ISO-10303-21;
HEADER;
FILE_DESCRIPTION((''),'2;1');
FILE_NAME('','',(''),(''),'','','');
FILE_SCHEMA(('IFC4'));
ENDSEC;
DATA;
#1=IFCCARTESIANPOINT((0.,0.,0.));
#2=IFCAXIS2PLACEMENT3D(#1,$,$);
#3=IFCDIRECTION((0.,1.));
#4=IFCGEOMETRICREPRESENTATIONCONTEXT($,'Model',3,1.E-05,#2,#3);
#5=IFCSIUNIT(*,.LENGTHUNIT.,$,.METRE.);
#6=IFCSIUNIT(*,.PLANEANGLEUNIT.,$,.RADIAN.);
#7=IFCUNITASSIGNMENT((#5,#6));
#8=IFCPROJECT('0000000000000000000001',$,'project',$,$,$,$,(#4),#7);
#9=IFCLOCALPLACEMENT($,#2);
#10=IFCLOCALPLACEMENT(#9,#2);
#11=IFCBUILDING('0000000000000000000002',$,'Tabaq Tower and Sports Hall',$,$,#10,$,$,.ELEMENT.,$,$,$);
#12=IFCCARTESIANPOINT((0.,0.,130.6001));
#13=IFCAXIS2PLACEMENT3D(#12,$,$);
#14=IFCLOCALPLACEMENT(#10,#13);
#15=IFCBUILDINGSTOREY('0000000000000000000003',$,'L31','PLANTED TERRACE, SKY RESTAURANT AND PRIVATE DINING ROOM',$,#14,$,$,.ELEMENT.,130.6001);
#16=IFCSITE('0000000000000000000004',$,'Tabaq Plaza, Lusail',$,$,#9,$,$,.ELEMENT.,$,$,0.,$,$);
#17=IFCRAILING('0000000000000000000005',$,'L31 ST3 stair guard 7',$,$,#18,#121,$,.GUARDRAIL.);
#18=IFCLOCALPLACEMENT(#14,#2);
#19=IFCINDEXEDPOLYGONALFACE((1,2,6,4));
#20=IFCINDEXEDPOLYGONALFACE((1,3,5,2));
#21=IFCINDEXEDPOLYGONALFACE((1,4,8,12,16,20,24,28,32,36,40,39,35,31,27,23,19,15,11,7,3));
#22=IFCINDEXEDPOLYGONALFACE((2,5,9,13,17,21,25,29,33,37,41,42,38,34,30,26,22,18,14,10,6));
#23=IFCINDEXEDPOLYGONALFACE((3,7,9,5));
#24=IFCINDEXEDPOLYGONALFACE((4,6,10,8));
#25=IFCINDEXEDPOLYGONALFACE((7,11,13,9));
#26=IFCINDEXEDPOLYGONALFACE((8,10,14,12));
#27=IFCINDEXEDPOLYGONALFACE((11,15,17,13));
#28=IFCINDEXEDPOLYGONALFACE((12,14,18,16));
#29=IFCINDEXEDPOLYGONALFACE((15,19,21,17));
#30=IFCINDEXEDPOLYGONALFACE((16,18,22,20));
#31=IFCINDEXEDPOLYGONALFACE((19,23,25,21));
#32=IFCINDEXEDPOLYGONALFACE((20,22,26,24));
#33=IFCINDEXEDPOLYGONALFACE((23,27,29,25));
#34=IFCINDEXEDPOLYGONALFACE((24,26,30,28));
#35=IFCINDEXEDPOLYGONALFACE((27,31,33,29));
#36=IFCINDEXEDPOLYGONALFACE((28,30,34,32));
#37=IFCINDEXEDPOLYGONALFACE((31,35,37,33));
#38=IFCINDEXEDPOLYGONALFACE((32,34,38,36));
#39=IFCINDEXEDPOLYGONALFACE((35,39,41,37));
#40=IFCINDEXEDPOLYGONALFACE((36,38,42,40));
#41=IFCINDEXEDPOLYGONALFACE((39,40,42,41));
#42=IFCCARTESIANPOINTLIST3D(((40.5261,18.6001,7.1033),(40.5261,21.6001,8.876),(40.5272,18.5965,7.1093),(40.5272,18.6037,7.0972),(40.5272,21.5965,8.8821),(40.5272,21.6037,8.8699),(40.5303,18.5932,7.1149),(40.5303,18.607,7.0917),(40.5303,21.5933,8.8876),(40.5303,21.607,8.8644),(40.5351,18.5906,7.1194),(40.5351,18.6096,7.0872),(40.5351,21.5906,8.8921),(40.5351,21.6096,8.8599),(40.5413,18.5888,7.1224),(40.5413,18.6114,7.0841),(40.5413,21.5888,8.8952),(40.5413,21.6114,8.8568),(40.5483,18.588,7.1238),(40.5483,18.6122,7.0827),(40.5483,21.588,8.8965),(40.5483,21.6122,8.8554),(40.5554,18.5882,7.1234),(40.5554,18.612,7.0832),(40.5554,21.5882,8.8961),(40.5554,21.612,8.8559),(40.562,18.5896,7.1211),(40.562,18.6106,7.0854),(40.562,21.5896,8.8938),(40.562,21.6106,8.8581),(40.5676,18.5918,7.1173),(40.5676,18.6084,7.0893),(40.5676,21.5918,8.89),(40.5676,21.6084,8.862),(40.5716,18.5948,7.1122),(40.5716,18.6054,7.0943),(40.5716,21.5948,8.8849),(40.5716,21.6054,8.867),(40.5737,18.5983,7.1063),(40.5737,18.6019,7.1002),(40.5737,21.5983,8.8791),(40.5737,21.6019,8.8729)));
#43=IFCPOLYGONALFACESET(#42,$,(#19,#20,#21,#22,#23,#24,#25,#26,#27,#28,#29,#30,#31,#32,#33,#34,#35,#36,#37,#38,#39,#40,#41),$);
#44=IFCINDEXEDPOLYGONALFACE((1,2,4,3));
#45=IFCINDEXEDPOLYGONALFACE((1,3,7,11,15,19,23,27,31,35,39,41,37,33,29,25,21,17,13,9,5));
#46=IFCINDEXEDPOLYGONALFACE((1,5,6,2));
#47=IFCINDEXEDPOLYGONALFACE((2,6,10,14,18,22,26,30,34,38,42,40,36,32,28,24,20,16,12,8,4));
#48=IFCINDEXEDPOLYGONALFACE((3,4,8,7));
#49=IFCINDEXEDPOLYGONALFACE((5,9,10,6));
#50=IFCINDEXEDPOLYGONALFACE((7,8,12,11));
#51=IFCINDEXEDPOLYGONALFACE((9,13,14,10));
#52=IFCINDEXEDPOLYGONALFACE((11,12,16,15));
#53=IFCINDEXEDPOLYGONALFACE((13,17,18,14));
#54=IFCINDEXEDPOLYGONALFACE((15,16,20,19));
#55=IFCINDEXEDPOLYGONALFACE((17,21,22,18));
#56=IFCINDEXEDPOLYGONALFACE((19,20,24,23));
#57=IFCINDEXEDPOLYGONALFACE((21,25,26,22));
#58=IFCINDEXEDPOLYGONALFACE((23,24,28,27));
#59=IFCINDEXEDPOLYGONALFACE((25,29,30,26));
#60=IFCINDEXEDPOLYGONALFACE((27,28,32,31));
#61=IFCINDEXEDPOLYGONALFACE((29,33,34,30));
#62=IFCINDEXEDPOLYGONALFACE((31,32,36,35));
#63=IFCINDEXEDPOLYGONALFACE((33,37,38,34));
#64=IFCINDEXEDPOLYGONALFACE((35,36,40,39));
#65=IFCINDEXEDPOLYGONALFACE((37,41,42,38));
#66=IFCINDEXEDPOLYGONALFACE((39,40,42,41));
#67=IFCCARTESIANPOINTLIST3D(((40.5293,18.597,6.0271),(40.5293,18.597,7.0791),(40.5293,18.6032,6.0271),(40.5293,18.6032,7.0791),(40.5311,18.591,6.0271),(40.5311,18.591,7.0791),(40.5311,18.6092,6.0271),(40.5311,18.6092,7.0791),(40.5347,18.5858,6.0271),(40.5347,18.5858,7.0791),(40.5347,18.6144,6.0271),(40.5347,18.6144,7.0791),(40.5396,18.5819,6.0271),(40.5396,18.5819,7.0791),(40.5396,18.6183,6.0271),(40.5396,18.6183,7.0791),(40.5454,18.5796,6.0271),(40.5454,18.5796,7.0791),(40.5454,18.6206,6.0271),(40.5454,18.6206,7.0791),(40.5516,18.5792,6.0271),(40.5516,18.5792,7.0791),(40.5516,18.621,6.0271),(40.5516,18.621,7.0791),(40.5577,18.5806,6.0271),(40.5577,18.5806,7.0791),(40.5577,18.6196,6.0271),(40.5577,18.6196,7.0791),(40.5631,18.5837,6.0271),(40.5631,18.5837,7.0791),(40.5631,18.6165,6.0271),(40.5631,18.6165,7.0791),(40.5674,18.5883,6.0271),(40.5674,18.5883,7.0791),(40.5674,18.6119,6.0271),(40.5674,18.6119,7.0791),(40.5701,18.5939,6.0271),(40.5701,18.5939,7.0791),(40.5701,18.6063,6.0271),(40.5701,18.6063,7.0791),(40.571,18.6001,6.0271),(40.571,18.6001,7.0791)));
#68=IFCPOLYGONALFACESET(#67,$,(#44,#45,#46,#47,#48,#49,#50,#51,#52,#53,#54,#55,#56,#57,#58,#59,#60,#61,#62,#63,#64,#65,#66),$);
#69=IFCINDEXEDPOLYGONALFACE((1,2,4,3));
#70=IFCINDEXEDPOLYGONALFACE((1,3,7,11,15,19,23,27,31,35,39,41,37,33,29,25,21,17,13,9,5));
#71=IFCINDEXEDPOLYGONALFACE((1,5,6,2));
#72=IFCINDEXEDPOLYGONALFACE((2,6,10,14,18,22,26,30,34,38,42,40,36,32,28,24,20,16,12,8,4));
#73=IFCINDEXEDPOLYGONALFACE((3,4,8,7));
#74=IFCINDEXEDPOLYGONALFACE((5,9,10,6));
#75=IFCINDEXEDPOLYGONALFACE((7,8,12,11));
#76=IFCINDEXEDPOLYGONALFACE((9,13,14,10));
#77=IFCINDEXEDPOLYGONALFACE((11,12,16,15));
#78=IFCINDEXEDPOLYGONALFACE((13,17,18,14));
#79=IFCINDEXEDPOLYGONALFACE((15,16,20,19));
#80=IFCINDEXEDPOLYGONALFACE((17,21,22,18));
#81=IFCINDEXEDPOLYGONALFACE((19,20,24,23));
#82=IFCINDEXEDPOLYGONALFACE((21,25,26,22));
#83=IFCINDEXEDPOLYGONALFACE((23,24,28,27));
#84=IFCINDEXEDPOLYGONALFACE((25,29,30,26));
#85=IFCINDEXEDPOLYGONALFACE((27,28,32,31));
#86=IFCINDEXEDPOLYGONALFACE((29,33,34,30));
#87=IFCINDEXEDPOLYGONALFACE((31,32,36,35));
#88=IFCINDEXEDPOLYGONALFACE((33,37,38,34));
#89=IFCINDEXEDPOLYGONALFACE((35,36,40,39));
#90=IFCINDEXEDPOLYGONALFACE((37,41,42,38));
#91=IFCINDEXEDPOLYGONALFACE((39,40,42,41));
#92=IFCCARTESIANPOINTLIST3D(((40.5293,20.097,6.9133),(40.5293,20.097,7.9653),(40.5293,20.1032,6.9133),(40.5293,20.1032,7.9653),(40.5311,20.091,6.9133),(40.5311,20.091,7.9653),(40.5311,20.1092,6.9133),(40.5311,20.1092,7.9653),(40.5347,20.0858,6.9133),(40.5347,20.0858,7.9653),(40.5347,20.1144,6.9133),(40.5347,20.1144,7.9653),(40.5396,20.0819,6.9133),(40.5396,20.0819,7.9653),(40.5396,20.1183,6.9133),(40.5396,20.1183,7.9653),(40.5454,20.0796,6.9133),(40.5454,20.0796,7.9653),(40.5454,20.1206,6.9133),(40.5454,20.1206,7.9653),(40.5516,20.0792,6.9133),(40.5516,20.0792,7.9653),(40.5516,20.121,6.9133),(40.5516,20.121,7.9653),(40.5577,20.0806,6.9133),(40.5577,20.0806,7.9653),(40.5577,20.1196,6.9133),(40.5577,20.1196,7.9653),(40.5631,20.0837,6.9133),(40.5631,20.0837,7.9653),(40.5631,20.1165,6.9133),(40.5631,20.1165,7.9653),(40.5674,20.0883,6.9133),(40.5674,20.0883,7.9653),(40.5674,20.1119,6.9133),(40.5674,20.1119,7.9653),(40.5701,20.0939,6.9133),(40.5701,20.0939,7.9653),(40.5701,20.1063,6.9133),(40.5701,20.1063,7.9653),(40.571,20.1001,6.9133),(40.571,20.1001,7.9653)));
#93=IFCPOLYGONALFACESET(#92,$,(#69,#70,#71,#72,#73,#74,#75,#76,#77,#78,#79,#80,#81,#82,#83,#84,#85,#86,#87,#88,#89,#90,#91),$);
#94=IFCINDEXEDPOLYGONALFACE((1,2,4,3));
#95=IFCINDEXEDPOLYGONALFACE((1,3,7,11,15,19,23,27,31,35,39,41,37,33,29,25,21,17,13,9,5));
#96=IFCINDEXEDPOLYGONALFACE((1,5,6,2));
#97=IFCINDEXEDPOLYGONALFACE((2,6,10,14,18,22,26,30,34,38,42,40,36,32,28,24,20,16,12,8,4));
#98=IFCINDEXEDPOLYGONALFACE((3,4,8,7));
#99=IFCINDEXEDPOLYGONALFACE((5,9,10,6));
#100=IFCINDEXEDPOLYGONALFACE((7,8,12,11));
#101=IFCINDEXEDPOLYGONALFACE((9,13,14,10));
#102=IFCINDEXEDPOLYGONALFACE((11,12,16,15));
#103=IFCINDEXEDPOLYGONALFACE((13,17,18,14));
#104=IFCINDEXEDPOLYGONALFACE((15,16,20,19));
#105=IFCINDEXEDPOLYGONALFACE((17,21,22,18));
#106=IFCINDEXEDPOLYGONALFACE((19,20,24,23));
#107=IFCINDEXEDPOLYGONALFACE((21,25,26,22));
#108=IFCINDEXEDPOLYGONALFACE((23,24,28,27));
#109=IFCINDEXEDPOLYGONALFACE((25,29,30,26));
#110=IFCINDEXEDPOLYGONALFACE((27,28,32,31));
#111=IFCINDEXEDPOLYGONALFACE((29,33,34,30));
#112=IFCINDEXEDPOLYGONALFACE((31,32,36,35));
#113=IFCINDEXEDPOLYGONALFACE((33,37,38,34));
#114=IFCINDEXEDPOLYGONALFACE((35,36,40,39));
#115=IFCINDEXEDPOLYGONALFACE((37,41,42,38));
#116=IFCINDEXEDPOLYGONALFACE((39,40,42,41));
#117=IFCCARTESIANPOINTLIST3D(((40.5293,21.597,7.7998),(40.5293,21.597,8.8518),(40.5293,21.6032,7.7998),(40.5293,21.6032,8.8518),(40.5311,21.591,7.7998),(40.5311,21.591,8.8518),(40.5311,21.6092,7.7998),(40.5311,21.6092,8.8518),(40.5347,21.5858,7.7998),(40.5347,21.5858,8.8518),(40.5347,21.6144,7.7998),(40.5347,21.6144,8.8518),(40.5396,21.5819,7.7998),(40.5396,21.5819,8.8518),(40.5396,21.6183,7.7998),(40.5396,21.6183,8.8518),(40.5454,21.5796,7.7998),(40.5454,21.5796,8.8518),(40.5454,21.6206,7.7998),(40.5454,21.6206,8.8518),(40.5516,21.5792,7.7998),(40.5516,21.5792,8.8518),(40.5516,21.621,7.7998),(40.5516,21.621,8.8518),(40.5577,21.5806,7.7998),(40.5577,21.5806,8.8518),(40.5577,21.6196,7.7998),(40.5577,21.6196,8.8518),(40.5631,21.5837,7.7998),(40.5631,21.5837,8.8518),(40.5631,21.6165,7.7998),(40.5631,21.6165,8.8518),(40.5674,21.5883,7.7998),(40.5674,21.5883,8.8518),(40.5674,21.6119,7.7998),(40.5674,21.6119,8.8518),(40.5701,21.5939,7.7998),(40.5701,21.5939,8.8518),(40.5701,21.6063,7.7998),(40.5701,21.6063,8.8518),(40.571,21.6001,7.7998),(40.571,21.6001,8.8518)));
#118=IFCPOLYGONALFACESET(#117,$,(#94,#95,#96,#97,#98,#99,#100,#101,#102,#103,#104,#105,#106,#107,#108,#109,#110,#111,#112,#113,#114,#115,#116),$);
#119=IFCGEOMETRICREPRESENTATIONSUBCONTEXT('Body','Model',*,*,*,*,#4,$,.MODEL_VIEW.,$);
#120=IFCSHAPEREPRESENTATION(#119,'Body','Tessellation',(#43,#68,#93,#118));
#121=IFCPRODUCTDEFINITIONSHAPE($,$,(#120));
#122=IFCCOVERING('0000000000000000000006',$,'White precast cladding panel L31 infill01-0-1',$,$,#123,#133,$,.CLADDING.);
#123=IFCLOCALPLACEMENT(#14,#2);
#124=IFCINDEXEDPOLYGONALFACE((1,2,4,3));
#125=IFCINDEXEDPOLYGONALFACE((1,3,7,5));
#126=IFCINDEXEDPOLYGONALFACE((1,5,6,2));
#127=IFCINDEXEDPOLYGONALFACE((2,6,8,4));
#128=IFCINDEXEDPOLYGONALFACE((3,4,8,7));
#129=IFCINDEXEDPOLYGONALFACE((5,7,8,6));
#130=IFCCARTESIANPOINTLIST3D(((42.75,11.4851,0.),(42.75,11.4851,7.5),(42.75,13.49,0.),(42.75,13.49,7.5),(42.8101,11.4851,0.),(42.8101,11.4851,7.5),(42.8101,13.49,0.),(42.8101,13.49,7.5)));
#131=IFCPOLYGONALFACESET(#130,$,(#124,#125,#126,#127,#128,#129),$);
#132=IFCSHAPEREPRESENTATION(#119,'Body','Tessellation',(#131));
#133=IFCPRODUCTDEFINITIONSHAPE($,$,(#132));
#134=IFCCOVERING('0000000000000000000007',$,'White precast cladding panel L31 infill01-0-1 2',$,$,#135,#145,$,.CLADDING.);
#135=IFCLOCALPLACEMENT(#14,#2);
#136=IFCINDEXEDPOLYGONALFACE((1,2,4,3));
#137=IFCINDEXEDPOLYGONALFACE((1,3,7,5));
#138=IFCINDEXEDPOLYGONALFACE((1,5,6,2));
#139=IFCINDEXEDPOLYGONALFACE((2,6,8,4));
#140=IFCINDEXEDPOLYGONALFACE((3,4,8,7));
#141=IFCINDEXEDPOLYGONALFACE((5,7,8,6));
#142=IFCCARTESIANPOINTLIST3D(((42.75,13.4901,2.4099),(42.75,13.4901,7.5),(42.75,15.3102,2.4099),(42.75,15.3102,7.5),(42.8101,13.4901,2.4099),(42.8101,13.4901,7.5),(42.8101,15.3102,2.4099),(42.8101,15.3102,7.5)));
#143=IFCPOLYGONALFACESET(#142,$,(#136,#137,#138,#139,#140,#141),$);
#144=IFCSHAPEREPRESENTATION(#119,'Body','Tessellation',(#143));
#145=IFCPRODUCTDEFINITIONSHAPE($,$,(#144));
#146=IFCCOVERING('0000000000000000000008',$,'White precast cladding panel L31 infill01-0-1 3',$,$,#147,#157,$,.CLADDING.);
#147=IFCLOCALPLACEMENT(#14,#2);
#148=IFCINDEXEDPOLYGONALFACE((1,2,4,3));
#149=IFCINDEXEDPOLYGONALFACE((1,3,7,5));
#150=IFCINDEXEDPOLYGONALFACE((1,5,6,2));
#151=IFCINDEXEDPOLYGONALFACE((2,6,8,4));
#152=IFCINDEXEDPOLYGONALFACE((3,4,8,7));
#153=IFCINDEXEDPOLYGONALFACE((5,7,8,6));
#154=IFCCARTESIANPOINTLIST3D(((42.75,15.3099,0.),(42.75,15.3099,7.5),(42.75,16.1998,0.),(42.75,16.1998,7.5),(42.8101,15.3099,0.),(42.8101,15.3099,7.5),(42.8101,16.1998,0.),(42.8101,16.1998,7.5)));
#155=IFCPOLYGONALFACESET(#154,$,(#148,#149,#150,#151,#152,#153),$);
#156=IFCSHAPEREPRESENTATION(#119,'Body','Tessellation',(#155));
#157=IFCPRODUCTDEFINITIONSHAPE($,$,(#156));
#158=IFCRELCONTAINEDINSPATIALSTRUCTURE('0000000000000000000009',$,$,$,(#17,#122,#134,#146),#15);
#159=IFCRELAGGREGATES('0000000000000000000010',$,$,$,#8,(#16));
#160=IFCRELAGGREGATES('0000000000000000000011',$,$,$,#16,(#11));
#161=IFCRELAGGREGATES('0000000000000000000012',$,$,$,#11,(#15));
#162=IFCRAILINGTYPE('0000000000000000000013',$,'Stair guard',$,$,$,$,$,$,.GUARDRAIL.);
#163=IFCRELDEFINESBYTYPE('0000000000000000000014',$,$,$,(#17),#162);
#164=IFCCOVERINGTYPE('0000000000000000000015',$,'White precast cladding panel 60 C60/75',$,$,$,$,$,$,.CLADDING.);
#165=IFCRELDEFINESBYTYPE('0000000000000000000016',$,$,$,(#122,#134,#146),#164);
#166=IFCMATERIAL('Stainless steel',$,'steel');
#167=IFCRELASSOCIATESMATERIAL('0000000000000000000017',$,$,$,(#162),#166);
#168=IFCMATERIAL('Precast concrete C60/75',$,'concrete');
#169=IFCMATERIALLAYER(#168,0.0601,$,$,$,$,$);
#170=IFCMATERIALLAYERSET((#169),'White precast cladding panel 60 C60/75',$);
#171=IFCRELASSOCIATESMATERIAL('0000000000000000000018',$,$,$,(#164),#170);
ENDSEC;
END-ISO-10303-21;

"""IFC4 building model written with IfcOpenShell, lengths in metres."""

from ifc_helpers import new_model, si_unit, direction, frame, frame_2d, origin, origin_2d, place, context, subcontext, project, spatial, rectangle, circle, extrude, material, layer, layer_set, type_object, element, save


model = new_model("IFC4")

# Units and contexts
model_context = context("Model", 3, precision=1e-05, world=origin(), true_north=direction((0.0, 1.0)))
body_context = subcontext(model_context, "Body", "Model", "MODEL_VIEW")
ifc_project = project(units=[si_unit("LENGTHUNIT", "METRE"), si_unit("PLANEANGLEUNIT", "RADIAN")], contexts=[model_context])

# Site, building, storey
site_placement = place(None, origin())
site = spatial("IfcSite", under=ifc_project, at=site_placement, Name="Tabaq Plaza, Lusail", CompositionType="ELEMENT", RefElevation=0.0)
building_placement = place(site_placement, origin())
building = spatial("IfcBuilding", under=site, at=building_placement, Name="Tabaq Tower and Sports Hall", CompositionType="ELEMENT")
storey_placement = place(building_placement, frame((0.0, 0.0, 130.6001)))
storey = spatial("IfcBuildingStorey", under=building, at=storey_placement, Name="L31", Description="PLANTED TERRACE, SKY RESTAURANT AND PRIVATE DINING ROOM", CompositionType="ELEMENT", Elevation=130.6001)

# Railing
ifc_material_1 = material(Name="Stainless steel", Category="steel")
railing_type = type_object("IfcRailingType", Name="Stair guard", PredefinedType="GUARDRAIL", material=ifc_material_1)
railing_1_placement = place(storey_placement, frame((40.55, 18.6001, 6.0271)))
element("IfcRailing", 1, at=railing_1_placement, inside=storey, type_object=railing_type, Name="L31 ST3 stair guard 7", PredefinedType="GUARDRAIL", context=body_context, shape_type="SweptSolid", body=[
    extrude(circle(Radius=0.0239, at=origin_2d()), frame((0.0, 0.0, 1.0762), z_axis=(0.0, 0.860929, 0.508725), x_axis=(-1.0, 0.0, 0.0)), (0.0, 0.0, 1.0), 3.4846),
    extrude(circle(Radius=0.021, at=origin_2d()), origin(), (0.0, 0.0, 1.0), 1.052),
    extrude(circle(Radius=0.021, at=origin_2d()), frame((0.0, 1.5, 0.8862)), (0.0, 0.0, 1.0), 1.052),
    extrude(circle(Radius=0.021, at=origin_2d()), frame((0.0, 3.0, 1.7727)), (0.0, 0.0, 1.0), 1.052),
])

# Coverings
ifc_material_2 = material(Name="Precast concrete C60/75", Category="concrete")
ifc_layer_1 = layer(ifc_material_2, 0.0601)
ifc_layer_set_1 = layer_set([ifc_layer_1], Name="White precast cladding panel 60 C60/75")
covering_type_1 = type_object("IfcCoveringType", Name="White precast cladding panel 60 C60/75", PredefinedType="CLADDING", material=ifc_layer_set_1)
covering_1_placement = place(storey_placement, frame((42.78, 11.4851, 0.0), z_axis=(0.0, 0.0, 1.0), x_axis=(0.0, 1.0, 0.0)))
element("IfcCovering", 2, at=covering_1_placement, inside=storey, type_object=covering_type_1, Name="White precast cladding panel L31 infill01-0-1", PredefinedType="CLADDING", context=body_context, shape_type="SweptSolid", body=[
    extrude(rectangle(XDim=2.0049, YDim=0.0601, at=frame_2d((1.0024, 0.0))), origin(), (0.0, 0.0, 1.0), 7.5),
])
covering_2_placement = place(storey_placement, frame((42.78, 13.49, 2.4099), z_axis=(0.0, 0.0, 1.0), x_axis=(0.0, 1.0, 0.0)))
element("IfcCovering", 3, at=covering_2_placement, inside=storey, type_object=covering_type_1, Name="White precast cladding panel L31 infill01-0-1 2", PredefinedType="CLADDING", context=body_context, shape_type="SweptSolid", body=[
    extrude(rectangle(XDim=1.8201, YDim=0.0601, at=frame_2d((0.9102, 0.0))), origin(), (0.0, 0.0, 1.0), 5.0901),
])
covering_3_placement = place(storey_placement, frame((42.78, 15.3101, 0.0), z_axis=(0.0, 0.0, 1.0), x_axis=(0.0, 1.0, 0.0)))
element("IfcCovering", 4, at=covering_3_placement, inside=storey, type_object=covering_type_1, Name="White precast cladding panel L31 infill01-0-1 3", PredefinedType="CLADDING", context=body_context, shape_type="SweptSolid", body=[
    extrude(rectangle(XDim=0.8899, YDim=0.0601, at=frame_2d((0.4448, 0.0))), origin(), (0.0, 0.0, 1.0), 7.5),
])

save(model, "model.ifc")
